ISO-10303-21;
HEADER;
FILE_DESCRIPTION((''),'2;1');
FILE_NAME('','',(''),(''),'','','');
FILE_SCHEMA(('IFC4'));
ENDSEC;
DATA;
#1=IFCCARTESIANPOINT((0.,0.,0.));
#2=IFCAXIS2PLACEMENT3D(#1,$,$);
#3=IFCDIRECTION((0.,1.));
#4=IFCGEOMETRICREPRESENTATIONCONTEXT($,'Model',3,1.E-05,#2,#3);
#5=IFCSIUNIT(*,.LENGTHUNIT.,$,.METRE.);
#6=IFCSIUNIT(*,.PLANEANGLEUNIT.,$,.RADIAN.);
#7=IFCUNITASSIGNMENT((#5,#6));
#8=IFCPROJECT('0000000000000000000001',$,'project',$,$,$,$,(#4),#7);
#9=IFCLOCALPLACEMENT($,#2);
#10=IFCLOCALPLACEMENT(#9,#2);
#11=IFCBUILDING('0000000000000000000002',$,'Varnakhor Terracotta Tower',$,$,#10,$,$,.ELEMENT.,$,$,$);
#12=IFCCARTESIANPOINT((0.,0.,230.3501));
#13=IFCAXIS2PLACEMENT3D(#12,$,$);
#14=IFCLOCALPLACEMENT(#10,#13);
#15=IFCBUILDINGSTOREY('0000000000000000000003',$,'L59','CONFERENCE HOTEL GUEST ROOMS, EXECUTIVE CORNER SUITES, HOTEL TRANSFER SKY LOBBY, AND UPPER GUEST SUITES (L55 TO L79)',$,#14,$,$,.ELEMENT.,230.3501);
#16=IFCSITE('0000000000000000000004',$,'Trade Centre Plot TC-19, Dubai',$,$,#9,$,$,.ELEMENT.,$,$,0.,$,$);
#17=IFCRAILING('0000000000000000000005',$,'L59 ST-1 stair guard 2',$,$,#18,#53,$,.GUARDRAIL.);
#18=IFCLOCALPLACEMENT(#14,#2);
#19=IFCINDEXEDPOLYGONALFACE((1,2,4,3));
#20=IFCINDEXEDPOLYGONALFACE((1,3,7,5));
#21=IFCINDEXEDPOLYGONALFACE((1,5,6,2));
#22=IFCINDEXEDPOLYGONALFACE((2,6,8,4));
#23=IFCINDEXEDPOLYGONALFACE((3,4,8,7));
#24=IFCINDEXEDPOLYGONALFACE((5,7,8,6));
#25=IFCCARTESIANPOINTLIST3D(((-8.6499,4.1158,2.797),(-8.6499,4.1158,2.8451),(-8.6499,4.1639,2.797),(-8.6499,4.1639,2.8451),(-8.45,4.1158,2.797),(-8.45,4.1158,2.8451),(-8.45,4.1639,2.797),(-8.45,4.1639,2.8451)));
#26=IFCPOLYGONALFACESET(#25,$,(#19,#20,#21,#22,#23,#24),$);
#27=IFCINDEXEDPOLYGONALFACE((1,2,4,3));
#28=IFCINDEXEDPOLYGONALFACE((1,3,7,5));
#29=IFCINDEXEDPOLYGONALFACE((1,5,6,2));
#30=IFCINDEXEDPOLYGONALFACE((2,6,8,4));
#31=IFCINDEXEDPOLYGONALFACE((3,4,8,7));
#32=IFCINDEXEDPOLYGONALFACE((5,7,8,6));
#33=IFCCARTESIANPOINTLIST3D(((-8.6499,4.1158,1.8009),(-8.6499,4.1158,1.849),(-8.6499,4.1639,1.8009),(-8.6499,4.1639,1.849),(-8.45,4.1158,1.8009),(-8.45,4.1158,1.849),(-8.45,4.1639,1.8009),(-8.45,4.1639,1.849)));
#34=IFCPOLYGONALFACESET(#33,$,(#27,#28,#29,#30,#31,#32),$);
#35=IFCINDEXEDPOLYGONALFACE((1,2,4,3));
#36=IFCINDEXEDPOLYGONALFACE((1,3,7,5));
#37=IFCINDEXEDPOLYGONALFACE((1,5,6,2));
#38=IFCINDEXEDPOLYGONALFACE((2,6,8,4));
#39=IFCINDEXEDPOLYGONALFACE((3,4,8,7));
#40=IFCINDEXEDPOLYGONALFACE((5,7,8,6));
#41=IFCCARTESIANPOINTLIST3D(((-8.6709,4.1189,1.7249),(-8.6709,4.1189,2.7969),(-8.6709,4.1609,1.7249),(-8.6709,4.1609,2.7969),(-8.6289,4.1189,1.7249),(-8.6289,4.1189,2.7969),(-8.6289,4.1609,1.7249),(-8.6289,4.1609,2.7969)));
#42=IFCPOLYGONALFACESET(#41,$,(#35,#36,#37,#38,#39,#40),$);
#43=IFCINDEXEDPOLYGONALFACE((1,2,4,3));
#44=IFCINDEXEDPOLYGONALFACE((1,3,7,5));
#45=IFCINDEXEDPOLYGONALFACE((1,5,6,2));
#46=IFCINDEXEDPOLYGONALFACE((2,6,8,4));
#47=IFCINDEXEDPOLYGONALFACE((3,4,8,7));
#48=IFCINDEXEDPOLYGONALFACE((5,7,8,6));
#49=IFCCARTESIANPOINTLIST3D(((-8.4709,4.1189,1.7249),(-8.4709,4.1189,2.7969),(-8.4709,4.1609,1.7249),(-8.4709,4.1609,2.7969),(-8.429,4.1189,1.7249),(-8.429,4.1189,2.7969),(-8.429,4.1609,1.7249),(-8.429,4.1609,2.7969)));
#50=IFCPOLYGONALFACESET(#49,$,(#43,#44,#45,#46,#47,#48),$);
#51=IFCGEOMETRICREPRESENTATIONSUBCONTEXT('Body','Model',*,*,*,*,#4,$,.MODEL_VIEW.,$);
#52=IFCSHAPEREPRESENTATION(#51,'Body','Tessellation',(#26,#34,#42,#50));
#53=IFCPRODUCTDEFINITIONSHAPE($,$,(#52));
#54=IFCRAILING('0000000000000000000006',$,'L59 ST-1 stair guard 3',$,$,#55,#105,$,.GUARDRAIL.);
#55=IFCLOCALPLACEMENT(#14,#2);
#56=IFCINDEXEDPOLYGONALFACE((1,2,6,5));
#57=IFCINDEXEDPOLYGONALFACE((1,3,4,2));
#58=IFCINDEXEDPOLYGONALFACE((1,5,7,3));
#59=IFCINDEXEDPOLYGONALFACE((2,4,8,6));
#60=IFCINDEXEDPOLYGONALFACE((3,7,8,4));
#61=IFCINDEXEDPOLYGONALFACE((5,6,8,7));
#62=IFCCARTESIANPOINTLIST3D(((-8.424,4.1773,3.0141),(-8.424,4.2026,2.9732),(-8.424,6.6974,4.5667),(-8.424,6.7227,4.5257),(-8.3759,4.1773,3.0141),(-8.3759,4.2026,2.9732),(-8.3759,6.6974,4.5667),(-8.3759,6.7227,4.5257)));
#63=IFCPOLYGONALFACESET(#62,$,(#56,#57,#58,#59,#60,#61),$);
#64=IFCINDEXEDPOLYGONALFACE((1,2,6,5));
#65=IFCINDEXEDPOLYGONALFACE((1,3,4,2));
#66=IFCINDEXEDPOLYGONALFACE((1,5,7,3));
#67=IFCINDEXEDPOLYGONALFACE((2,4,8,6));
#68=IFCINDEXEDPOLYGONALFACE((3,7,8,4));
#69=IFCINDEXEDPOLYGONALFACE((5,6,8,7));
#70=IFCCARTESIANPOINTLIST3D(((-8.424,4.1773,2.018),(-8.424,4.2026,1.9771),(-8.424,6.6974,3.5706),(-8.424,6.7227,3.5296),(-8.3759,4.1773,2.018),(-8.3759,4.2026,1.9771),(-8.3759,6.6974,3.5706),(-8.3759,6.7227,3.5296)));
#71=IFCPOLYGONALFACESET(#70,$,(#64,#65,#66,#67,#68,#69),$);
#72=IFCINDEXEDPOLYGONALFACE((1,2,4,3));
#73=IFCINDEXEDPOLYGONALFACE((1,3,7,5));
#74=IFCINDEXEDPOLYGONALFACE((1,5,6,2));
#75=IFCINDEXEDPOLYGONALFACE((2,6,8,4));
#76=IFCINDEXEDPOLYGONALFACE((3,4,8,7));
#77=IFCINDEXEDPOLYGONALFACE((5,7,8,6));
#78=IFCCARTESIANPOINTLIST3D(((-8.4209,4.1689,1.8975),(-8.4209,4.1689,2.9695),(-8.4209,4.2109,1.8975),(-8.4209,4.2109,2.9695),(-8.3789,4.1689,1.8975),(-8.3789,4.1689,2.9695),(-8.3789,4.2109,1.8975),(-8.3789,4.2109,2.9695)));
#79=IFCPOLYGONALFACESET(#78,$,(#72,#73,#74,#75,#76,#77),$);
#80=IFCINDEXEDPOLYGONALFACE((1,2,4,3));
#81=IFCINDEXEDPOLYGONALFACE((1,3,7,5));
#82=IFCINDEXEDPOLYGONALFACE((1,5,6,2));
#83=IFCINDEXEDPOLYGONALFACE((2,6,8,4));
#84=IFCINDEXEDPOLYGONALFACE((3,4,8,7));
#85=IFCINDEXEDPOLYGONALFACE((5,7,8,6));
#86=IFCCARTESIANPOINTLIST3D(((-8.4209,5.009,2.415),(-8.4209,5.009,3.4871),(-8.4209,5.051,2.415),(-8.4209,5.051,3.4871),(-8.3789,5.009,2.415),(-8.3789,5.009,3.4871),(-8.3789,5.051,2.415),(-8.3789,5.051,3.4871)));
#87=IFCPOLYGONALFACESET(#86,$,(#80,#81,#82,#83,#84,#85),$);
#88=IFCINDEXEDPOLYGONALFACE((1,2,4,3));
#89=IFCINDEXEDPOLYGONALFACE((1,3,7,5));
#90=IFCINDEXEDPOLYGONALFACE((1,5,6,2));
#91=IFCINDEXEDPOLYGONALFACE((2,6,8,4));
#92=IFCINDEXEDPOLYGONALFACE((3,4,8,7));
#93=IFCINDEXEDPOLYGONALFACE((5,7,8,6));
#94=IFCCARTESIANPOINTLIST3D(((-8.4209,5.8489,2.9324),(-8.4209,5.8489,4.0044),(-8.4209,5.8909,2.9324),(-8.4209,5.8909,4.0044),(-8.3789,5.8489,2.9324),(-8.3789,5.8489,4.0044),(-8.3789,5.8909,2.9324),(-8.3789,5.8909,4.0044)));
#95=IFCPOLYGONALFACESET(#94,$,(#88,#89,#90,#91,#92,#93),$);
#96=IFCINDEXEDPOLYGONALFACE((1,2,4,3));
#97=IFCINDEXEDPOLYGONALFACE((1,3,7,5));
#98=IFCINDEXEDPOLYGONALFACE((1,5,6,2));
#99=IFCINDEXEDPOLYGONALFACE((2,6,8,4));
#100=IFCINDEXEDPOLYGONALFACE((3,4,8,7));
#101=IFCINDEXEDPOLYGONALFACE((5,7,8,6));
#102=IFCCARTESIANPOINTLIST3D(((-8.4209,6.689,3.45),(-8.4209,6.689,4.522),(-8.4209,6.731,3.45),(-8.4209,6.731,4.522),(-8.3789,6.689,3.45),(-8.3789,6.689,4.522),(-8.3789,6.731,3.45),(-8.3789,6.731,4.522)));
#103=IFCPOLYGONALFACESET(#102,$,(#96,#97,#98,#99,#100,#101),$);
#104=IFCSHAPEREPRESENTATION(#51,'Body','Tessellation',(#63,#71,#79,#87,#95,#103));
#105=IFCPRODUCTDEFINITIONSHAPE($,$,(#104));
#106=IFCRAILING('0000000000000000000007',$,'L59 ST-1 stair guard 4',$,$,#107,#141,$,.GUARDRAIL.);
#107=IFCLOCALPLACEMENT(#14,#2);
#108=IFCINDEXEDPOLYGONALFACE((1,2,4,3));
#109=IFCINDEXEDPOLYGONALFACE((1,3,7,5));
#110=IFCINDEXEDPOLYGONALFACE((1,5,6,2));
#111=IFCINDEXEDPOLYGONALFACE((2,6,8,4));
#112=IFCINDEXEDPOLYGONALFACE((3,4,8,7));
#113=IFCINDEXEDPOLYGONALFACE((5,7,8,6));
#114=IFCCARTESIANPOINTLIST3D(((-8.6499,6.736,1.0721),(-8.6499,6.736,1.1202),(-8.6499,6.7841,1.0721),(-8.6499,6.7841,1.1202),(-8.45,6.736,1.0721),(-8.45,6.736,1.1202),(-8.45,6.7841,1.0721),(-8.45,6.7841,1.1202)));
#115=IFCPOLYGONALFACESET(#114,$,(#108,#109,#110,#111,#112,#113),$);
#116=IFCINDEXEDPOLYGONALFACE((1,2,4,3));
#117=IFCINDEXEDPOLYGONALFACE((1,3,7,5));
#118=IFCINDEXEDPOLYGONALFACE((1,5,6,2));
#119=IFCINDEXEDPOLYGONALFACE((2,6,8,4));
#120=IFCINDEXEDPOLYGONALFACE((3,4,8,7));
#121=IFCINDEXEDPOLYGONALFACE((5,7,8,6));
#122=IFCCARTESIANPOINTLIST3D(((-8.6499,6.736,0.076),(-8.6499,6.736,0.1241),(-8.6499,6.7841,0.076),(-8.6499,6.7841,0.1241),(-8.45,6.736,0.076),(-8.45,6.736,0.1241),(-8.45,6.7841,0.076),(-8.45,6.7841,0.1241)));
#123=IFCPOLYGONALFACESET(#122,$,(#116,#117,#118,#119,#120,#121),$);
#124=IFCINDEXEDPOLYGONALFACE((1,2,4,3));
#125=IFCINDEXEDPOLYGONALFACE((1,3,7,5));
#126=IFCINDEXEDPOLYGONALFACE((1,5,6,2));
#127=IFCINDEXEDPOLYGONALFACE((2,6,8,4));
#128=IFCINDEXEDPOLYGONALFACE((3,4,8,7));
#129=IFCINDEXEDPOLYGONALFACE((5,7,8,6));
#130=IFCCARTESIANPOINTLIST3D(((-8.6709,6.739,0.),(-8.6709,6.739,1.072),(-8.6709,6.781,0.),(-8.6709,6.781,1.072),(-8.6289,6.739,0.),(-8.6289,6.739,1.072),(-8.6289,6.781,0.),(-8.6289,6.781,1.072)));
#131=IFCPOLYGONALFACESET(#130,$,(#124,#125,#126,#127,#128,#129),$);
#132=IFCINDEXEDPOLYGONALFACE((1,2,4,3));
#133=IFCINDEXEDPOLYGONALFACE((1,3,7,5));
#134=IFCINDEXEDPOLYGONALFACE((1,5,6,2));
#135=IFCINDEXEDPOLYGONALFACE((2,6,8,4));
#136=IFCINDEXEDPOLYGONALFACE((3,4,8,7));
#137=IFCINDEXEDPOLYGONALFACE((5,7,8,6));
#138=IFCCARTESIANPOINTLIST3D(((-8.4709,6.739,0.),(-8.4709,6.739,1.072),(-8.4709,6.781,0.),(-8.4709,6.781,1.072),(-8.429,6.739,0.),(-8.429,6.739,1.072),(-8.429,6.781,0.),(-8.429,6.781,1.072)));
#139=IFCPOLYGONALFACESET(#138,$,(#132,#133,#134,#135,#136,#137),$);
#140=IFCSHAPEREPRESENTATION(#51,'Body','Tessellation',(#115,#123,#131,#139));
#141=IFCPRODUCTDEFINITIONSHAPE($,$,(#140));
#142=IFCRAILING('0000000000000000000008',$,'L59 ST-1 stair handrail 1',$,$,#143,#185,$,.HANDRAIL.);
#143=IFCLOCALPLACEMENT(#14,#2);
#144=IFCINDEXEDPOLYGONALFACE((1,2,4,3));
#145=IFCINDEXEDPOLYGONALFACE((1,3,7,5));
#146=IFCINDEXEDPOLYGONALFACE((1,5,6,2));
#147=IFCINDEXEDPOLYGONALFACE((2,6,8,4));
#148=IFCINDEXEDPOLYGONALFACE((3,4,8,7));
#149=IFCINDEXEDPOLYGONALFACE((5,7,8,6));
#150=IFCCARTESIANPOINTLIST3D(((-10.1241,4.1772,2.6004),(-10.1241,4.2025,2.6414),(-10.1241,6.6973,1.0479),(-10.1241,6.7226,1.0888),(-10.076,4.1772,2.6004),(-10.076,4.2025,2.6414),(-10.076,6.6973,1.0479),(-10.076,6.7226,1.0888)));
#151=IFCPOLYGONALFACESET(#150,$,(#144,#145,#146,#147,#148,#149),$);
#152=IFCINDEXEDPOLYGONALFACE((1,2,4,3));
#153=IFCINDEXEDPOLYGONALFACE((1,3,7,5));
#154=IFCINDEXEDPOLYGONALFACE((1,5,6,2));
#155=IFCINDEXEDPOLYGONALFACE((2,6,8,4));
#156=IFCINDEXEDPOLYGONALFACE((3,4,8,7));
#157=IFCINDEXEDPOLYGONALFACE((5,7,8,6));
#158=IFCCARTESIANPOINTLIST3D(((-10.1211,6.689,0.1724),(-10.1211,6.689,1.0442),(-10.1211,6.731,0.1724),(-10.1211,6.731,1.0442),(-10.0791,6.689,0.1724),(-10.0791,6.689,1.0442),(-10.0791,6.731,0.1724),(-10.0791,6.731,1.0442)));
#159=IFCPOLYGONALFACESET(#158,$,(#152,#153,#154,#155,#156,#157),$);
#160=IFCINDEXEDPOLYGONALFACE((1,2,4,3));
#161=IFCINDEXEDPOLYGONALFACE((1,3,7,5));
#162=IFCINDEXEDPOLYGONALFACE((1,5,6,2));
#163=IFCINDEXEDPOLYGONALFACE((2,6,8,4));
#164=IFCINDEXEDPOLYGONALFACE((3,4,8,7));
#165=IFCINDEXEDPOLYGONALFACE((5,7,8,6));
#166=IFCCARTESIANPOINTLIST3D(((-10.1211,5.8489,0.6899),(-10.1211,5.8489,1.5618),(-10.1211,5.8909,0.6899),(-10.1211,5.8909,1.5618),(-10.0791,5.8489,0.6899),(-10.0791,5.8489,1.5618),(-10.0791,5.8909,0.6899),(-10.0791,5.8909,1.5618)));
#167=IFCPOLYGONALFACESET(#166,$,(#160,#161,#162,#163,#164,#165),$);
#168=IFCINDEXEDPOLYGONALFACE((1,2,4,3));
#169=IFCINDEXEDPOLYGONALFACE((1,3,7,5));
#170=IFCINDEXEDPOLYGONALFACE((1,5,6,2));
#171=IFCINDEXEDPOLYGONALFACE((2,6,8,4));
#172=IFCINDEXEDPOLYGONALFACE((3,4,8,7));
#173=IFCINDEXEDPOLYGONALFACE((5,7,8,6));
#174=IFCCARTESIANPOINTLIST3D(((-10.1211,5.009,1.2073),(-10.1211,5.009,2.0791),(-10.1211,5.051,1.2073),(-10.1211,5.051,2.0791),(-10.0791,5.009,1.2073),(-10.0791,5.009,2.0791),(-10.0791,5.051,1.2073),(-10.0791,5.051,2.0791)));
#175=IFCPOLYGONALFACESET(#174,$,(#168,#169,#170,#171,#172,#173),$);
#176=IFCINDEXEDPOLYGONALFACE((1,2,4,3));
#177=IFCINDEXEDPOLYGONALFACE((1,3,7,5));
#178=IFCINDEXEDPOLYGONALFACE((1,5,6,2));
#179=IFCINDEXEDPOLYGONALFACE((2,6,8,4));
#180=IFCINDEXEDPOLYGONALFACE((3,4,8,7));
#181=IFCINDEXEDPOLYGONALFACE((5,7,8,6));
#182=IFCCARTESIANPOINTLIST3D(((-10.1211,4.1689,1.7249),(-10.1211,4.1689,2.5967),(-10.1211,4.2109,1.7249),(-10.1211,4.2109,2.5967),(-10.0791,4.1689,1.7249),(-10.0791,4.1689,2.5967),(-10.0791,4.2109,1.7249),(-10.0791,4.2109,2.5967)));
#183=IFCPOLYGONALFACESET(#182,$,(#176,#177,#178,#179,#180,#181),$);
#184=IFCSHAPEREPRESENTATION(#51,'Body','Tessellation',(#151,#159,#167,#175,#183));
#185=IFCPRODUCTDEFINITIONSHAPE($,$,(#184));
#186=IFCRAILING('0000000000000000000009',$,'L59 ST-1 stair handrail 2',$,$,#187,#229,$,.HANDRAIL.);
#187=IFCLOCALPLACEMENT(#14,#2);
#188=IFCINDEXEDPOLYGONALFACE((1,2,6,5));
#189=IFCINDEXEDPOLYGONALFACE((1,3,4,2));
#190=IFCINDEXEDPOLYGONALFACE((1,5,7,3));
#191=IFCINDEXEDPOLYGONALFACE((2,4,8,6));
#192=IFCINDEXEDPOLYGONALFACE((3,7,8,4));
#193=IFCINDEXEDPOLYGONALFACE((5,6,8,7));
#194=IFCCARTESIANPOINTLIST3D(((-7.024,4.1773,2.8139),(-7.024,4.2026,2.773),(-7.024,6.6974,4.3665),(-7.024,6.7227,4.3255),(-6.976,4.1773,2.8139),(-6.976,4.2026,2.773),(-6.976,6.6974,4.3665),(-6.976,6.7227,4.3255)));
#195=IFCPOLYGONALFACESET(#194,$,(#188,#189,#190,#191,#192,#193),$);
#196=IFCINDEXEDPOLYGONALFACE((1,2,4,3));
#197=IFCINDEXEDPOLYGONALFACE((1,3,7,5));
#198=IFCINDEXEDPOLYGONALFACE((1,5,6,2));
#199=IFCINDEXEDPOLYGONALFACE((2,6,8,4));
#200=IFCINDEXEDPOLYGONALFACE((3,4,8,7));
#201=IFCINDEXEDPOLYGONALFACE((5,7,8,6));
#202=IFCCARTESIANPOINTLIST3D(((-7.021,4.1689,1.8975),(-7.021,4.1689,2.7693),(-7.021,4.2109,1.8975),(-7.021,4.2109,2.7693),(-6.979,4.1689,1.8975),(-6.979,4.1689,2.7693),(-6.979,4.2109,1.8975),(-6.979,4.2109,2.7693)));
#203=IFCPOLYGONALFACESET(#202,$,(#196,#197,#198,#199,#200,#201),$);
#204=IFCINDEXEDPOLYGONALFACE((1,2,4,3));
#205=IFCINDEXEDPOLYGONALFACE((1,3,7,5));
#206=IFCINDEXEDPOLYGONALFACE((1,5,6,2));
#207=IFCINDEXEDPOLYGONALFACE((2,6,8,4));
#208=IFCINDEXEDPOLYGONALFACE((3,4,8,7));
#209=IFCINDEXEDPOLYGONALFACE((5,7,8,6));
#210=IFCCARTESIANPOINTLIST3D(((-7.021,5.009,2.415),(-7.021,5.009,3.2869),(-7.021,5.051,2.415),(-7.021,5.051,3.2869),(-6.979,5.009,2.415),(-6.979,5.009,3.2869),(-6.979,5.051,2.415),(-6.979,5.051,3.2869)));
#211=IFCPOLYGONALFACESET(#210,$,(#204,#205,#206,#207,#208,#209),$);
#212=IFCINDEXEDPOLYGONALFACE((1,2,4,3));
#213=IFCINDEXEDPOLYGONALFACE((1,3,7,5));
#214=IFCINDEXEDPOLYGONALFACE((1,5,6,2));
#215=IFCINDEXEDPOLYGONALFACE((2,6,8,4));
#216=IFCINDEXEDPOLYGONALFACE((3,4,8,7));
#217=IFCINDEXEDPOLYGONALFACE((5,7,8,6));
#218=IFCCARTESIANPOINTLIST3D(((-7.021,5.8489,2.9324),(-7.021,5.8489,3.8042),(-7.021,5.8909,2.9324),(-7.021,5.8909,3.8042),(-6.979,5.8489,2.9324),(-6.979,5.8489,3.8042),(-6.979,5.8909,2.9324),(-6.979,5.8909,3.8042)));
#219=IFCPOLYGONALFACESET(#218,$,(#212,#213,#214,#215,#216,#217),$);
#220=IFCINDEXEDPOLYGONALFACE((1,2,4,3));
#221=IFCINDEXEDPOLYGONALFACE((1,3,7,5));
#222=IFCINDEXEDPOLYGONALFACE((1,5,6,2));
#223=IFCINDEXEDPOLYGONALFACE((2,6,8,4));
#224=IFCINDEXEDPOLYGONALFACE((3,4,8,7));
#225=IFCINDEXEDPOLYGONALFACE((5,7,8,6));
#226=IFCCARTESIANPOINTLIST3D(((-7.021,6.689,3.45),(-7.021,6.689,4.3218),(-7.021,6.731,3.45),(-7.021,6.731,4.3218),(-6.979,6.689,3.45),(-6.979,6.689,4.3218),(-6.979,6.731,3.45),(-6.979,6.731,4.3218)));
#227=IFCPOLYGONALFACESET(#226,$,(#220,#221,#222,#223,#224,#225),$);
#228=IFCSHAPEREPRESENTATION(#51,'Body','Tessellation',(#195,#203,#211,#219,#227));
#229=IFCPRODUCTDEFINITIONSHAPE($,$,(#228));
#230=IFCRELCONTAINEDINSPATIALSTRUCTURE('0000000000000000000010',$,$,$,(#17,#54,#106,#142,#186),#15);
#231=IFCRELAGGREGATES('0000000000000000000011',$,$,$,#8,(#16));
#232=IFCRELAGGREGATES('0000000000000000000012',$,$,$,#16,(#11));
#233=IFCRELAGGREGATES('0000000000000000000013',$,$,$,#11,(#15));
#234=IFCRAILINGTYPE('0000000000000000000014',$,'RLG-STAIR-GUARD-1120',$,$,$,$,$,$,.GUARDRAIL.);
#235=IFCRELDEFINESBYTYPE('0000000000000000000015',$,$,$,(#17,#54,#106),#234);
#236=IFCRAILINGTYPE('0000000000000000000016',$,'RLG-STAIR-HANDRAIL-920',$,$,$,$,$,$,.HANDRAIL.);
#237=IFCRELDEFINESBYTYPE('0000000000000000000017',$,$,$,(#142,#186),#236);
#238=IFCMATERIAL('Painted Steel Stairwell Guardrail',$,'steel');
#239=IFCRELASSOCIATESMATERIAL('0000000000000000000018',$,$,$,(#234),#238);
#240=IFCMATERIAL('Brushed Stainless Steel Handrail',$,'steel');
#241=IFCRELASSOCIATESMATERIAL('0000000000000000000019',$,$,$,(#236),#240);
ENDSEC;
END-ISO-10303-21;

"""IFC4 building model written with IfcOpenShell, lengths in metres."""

from ifc_helpers import new_model, si_unit, direction, frame, origin, origin_2d, place, context, subcontext, project, spatial, rectangle, extrude, material, type_object, element, save


model = new_model("IFC4")

# Units and contexts
model_context = context("Model", 3, precision=1e-05, world=origin(), true_north=direction((0.0, 1.0)))
body_context = subcontext(model_context, "Body", "Model", "MODEL_VIEW")
ifc_project = project(units=[si_unit("LENGTHUNIT", "METRE"), si_unit("PLANEANGLEUNIT", "RADIAN")], contexts=[model_context])

# Site, building, storey
site_placement = place(None, origin())
site = spatial("IfcSite", under=ifc_project, at=site_placement, Name="Trade Centre Plot TC-19, Dubai", CompositionType="ELEMENT", RefElevation=0.0)
building_placement = place(site_placement, origin())
building = spatial("IfcBuilding", under=site, at=building_placement, Name="Varnakhor Terracotta Tower", CompositionType="ELEMENT")
storey_placement = place(building_placement, frame((0.0, 0.0, 230.3501)))
storey = spatial("IfcBuildingStorey", under=building, at=storey_placement, Name="L59", Description="CONFERENCE HOTEL GUEST ROOMS, EXECUTIVE CORNER SUITES, HOTEL TRANSFER SKY LOBBY, AND UPPER GUEST SUITES (L55 TO L79)", CompositionType="ELEMENT", Elevation=230.3501)

# Railings
ifc_material_1 = material(Name="Painted Steel Stairwell Guardrail", Category="steel")
railing_type_1 = type_object("IfcRailingType", Name="RLG-STAIR-GUARD-1120", PredefinedType="GUARDRAIL", material=ifc_material_1)
railing_1_placement = place(storey_placement, frame((-8.6499, 4.1399, 1.7249)))
element("IfcRailing", 1, at=railing_1_placement, inside=storey, type_object=railing_type_1, Name="L59 ST-1 stair guard 2", PredefinedType="GUARDRAIL", context=body_context, shape_type="SweptSolid", body=[
    extrude(rectangle(XDim=0.0481, YDim=0.0481, at=origin_2d()), frame((0.0, 0.0, 1.0962), z_axis=(1.0, 0.0, 0.0), x_axis=(0.0, 1.0, 0.0)), (0.0, 0.0, 1.0), 0.2),
    extrude(rectangle(XDim=0.0481, YDim=0.0481, at=origin_2d()), frame((0.0, 0.0, 0.1001), z_axis=(1.0, 0.0, 0.0), x_axis=(0.0, 1.0, 0.0)), (0.0, 0.0, 1.0), 0.2),
    extrude(rectangle(XDim=0.042, YDim=0.042, at=origin_2d()), origin(), (0.0, 0.0, 1.0), 1.072),
    extrude(rectangle(XDim=0.042, YDim=0.042, at=origin_2d()), frame((0.2, 0.0, 0.0)), (0.0, 0.0, 1.0), 1.072),
])
railing_2_placement = place(storey_placement, frame((-8.3999, 4.1899, 1.8975)))
element("IfcRailing", 2, at=railing_2_placement, inside=storey, type_object=railing_type_1, Name="L59 ST-1 stair guard 3", PredefinedType="GUARDRAIL", context=body_context, shape_type="SweptSolid", body=[
    extrude(rectangle(XDim=0.0481, YDim=0.0481, at=origin_2d()), frame((0.0, 0.0, 1.0962), z_axis=(0.0, 0.8514, 0.524516), x_axis=(-1.0, 0.0, 0.0)), (0.0, 0.0, 1.0), 2.96),
    extrude(rectangle(XDim=0.0481, YDim=0.0481, at=origin_2d()), frame((0.0, 0.0, 0.1001), z_axis=(0.0, 0.8514, 0.524516), x_axis=(-1.0, 0.0, 0.0)), (0.0, 0.0, 1.0), 2.96),
    extrude(rectangle(XDim=0.042, YDim=0.042, at=origin_2d()), origin(), (0.0, 0.0, 1.0), 1.072),
    extrude(rectangle(XDim=0.042, YDim=0.042, at=origin_2d()), frame((0.0, 0.8401, 0.5176)), (0.0, 0.0, 1.0), 1.072),
    extrude(rectangle(XDim=0.042, YDim=0.042, at=origin_2d()), frame((0.0, 1.6799, 1.0349)), (0.0, 0.0, 1.0), 1.072),
    extrude(rectangle(XDim=0.042, YDim=0.042, at=origin_2d()), frame((0.0, 2.52, 1.5525)), (0.0, 0.0, 1.0), 1.072),
])
railing_3_placement = place(storey_placement, frame((-8.6499, 6.76, 0.0)))
element("IfcRailing", 3, at=railing_3_placement, inside=storey, type_object=railing_type_1, Name="L59 ST-1 stair guard 4", PredefinedType="GUARDRAIL", context=body_context, shape_type="SweptSolid", body=[
    extrude(rectangle(XDim=0.0481, YDim=0.0481, at=origin_2d()), frame((0.0, 0.0, 1.0962), z_axis=(1.0, 0.0, 0.0), x_axis=(0.0, 1.0, 0.0)), (0.0, 0.0, 1.0), 0.2),
    extrude(rectangle(XDim=0.0481, YDim=0.0481, at=origin_2d()), frame((0.0, 0.0, 0.1001), z_axis=(1.0, 0.0, 0.0), x_axis=(0.0, 1.0, 0.0)), (0.0, 0.0, 1.0), 0.2),
    extrude(rectangle(XDim=0.042, YDim=0.042, at=origin_2d()), origin(), (0.0, 0.0, 1.0), 1.072),
    extrude(rectangle(XDim=0.042, YDim=0.042, at=origin_2d()), frame((0.2, 0.0, 0.0)), (0.0, 0.0, 1.0), 1.072),
])
ifc_material_2 = material(Name="Brushed Stainless Steel Handrail", Category="steel")
railing_type_2 = type_object("IfcRailingType", Name="RLG-STAIR-HANDRAIL-920", PredefinedType="HANDRAIL", material=ifc_material_2)
railing_4_placement = place(storey_placement, frame((-10.1001, 6.71, 0.1724)))
element("IfcRailing", 4, at=railing_4_placement, inside=storey, type_object=railing_type_2, Name="L59 ST-1 stair handrail 1", PredefinedType="HANDRAIL", context=body_context, shape_type="SweptSolid", body=[
    extrude(rectangle(XDim=0.0481, YDim=0.0481, at=origin_2d()), frame((0.0, 0.0, 0.896), z_axis=(0.0, -0.8514, 0.524516), x_axis=(1.0, 0.0, 0.0)), (0.0, 0.0, 1.0), 2.96),
    extrude(rectangle(XDim=0.042, YDim=0.042, at=origin_2d()), origin(), (0.0, 0.0, 1.0), 0.8718),
    extrude(rectangle(XDim=0.042, YDim=0.042, at=origin_2d()), frame((0.0, -0.8401, 0.5176)), (0.0, 0.0, 1.0), 0.8718),
    extrude(rectangle(XDim=0.042, YDim=0.042, at=origin_2d()), frame((0.0, -1.6799, 1.0349)), (0.0, 0.0, 1.0), 0.8718),
    extrude(rectangle(XDim=0.042, YDim=0.042, at=origin_2d()), frame((0.0, -2.52, 1.5525)), (0.0, 0.0, 1.0), 0.8718),
])
railing_5_placement = place(storey_placement, frame((-7.0, 4.1899, 1.8975)))
element("IfcRailing", 5, at=railing_5_placement, inside=storey, type_object=railing_type_2, Name="L59 ST-1 stair handrail 2", PredefinedType="HANDRAIL", context=body_context, shape_type="SweptSolid", body=[
    extrude(rectangle(XDim=0.0481, YDim=0.0481, at=origin_2d()), frame((0.0, 0.0, 0.896), z_axis=(0.0, 0.8514, 0.524516), x_axis=(-1.0, 0.0, 0.0)), (0.0, 0.0, 1.0), 2.96),
    extrude(rectangle(XDim=0.042, YDim=0.042, at=origin_2d()), origin(), (0.0, 0.0, 1.0), 0.8718),
    extrude(rectangle(XDim=0.042, YDim=0.042, at=origin_2d()), frame((0.0, 0.8401, 0.5176)), (0.0, 0.0, 1.0), 0.8718),
    extrude(rectangle(XDim=0.042, YDim=0.042, at=origin_2d()), frame((0.0, 1.6799, 1.0349)), (0.0, 0.0, 1.0), 0.8718),
    extrude(rectangle(XDim=0.042, YDim=0.042, at=origin_2d()), frame((0.0, 2.52, 1.5525)), (0.0, 0.0, 1.0), 0.8718),
])

save(model, "model.ifc")
